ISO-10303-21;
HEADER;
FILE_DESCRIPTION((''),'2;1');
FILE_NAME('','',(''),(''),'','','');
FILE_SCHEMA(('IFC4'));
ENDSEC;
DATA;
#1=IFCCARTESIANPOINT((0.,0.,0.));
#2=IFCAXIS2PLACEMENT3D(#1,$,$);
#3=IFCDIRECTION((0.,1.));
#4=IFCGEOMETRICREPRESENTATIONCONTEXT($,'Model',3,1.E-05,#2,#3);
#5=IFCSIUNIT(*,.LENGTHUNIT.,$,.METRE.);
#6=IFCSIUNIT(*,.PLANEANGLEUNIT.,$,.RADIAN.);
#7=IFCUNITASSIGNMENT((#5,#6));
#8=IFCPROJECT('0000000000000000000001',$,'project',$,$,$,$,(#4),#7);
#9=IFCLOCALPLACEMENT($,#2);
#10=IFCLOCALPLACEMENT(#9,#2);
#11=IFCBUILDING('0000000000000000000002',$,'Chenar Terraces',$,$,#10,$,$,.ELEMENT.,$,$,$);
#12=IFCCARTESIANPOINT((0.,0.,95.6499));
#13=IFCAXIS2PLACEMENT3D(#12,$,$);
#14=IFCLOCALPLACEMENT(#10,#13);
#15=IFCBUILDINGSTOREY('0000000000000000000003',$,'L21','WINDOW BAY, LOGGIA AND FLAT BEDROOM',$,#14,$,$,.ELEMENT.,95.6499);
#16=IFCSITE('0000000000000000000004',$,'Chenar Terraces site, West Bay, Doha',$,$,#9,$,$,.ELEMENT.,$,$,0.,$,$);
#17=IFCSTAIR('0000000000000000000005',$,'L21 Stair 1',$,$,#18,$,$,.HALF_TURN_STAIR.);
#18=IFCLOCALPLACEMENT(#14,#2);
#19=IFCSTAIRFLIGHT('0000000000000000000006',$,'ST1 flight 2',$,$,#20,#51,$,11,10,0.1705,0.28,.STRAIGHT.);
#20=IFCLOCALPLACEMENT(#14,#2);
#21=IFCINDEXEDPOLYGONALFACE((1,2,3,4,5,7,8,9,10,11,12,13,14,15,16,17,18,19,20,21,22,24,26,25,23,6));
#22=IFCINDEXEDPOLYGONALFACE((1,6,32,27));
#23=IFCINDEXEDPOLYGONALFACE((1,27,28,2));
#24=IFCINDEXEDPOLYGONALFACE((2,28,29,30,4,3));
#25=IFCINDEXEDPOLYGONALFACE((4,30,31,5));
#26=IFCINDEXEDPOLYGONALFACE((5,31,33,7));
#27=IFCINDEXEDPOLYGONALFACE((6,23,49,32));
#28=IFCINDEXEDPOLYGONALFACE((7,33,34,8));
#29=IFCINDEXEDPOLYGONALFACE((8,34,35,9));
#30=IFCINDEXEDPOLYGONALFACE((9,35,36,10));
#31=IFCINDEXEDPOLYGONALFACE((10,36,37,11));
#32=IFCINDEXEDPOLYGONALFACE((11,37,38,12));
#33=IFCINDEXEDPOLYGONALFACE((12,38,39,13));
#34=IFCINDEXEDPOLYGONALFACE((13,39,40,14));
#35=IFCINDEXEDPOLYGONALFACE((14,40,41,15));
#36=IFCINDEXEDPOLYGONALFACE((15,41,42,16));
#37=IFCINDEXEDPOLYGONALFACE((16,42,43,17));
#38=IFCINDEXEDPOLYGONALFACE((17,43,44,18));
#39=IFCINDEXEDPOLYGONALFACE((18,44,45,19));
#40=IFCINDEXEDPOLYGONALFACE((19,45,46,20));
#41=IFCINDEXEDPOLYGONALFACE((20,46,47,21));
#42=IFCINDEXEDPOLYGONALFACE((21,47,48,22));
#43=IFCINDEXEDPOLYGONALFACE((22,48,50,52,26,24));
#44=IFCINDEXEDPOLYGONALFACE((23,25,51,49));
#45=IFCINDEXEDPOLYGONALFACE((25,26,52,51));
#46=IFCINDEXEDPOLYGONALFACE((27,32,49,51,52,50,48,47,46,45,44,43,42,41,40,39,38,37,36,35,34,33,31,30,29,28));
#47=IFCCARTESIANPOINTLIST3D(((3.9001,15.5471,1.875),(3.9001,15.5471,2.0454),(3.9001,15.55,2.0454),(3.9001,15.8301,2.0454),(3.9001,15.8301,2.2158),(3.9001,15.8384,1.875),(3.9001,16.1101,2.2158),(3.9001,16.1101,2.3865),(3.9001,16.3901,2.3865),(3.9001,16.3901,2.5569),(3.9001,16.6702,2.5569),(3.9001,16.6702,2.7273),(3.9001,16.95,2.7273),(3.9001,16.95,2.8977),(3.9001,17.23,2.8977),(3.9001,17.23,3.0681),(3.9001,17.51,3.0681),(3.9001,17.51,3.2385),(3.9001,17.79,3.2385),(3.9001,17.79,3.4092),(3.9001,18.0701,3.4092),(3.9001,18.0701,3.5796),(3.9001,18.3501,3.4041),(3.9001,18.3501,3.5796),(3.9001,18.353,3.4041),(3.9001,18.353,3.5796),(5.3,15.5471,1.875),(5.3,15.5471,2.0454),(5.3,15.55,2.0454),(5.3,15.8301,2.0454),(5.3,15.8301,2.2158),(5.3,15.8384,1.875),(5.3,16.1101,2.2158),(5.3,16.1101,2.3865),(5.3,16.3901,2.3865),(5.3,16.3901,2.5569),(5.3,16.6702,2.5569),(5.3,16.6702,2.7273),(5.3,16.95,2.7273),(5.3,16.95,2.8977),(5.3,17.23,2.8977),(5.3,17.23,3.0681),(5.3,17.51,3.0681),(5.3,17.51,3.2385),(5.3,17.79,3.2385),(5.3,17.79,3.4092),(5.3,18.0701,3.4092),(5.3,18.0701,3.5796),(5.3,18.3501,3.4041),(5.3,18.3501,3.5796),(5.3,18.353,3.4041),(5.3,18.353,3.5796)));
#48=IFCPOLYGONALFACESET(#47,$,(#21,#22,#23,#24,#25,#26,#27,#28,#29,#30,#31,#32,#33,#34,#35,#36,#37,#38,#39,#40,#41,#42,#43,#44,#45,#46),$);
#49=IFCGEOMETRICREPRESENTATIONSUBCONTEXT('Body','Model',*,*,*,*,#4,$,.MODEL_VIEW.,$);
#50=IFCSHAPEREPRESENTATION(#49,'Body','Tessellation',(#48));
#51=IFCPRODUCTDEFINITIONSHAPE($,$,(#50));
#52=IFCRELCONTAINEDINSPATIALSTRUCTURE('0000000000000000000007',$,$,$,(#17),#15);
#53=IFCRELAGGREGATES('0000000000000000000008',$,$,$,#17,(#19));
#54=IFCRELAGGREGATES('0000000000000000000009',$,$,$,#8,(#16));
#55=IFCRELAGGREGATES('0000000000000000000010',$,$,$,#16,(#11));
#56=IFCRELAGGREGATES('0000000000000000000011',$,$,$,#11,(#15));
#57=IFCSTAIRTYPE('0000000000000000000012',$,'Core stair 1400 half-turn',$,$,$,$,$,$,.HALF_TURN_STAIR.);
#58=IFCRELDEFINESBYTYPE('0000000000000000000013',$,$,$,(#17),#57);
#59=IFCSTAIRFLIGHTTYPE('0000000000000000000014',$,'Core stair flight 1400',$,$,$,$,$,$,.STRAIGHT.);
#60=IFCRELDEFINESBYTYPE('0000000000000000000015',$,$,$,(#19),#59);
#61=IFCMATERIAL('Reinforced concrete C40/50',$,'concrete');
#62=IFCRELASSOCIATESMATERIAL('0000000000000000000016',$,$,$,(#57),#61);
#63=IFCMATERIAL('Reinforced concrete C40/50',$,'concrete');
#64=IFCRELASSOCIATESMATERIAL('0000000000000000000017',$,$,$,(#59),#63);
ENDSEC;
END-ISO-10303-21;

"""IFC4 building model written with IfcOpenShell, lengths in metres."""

from ifc_helpers import new_model, si_unit, direction, frame, origin, place, context, subcontext, project, spatial, polyline, outline, extrude, material, type_object, element, aggregate, save


model = new_model("IFC4")

# Units and contexts
model_context = context("Model", 3, precision=1e-05, world=origin(), true_north=direction((0.0, 1.0)))
body_context = subcontext(model_context, "Body", "Model", "MODEL_VIEW")
ifc_project = project(units=[si_unit("LENGTHUNIT", "METRE"), si_unit("PLANEANGLEUNIT", "RADIAN")], contexts=[model_context])

# Site, building, storey
site_placement = place(None, origin())
site = spatial("IfcSite", under=ifc_project, at=site_placement, Name="Chenar Terraces site, West Bay, Doha", CompositionType="ELEMENT", RefElevation=0.0)
building_placement = place(site_placement, origin())
building = spatial("IfcBuilding", under=site, at=building_placement, Name="Chenar Terraces", CompositionType="ELEMENT")
storey_placement = place(building_placement, frame((0.0, 0.0, 95.6499)))
storey = spatial("IfcBuildingStorey", under=building, at=storey_placement, Name="L21", Description="WINDOW BAY, LOGGIA AND FLAT BEDROOM", CompositionType="ELEMENT", Elevation=95.6499)

# Stair
ifc_material_1 = material(Name="Reinforced concrete C40/50", Category="concrete")
stair_type = type_object("IfcStairType", Name="Core stair 1400 half-turn", PredefinedType="HALF_TURN_STAIR", material=ifc_material_1)
placement_1 = place(storey_placement, origin())
stair_1 = element("IfcStair", 1, at=placement_1, inside=storey, type_object=stair_type, Name="L21 Stair 1", PredefinedType="HALF_TURN_STAIR")

# Stair flight
ifc_material_2 = material(Name="Reinforced concrete C40/50", Category="concrete")
stair_flight_type = type_object("IfcStairFlightType", Name="Core stair flight 1400", PredefinedType="STRAIGHT", material=ifc_material_2)
stair_flight_placement = place(storey_placement, frame((4.6001, 15.55, 1.875), z_axis=(0.0, 0.0, 1.0), x_axis=(0.0, 1.0, 0.0)))
stair_flight = element("IfcStairFlight", 2, at=stair_flight_placement, type_object=stair_flight_type, Name="ST1 flight 2", NumberOfRisers=11, NumberOfTreads=10, PredefinedType="STRAIGHT", RiserHeight=0.1705, TreadLength=0.28, context=body_context, shape_type="SweptSolid", body=[
    extrude(outline(polyline([(-0.0029, 0.0), (-0.0029, 0.1704), (0.0, 0.1704), (0.28, 0.1704), (0.28, 0.3408), (0.5601, 0.3408), (0.5601, 0.5115), (0.8401, 0.5115), (0.8401, 0.6819), (1.1201, 0.6819), (1.1201, 0.8523), (1.3999, 0.8523), (1.3999, 1.0227), (1.6799, 1.0227), (1.6799, 1.1931), (1.96, 1.1931), (1.96, 1.3635), (2.24, 1.3635), (2.24, 1.5342), (2.52, 1.5342), (2.52, 1.7046), (2.8, 1.7046), (2.803, 1.7046), (2.803, 1.5291), (2.8, 1.5291), (0.2883, 0.0), (-0.0029, 0.0)])), frame((0.0, 0.7, 0.0), z_axis=(0.0, -1.0, 0.0), x_axis=(1.0, 0.0, 0.0)), (0.0, 0.0, 1.0), 1.3999),
])
aggregate(stair_1, [stair_flight])

save(model, "model.ifc")
